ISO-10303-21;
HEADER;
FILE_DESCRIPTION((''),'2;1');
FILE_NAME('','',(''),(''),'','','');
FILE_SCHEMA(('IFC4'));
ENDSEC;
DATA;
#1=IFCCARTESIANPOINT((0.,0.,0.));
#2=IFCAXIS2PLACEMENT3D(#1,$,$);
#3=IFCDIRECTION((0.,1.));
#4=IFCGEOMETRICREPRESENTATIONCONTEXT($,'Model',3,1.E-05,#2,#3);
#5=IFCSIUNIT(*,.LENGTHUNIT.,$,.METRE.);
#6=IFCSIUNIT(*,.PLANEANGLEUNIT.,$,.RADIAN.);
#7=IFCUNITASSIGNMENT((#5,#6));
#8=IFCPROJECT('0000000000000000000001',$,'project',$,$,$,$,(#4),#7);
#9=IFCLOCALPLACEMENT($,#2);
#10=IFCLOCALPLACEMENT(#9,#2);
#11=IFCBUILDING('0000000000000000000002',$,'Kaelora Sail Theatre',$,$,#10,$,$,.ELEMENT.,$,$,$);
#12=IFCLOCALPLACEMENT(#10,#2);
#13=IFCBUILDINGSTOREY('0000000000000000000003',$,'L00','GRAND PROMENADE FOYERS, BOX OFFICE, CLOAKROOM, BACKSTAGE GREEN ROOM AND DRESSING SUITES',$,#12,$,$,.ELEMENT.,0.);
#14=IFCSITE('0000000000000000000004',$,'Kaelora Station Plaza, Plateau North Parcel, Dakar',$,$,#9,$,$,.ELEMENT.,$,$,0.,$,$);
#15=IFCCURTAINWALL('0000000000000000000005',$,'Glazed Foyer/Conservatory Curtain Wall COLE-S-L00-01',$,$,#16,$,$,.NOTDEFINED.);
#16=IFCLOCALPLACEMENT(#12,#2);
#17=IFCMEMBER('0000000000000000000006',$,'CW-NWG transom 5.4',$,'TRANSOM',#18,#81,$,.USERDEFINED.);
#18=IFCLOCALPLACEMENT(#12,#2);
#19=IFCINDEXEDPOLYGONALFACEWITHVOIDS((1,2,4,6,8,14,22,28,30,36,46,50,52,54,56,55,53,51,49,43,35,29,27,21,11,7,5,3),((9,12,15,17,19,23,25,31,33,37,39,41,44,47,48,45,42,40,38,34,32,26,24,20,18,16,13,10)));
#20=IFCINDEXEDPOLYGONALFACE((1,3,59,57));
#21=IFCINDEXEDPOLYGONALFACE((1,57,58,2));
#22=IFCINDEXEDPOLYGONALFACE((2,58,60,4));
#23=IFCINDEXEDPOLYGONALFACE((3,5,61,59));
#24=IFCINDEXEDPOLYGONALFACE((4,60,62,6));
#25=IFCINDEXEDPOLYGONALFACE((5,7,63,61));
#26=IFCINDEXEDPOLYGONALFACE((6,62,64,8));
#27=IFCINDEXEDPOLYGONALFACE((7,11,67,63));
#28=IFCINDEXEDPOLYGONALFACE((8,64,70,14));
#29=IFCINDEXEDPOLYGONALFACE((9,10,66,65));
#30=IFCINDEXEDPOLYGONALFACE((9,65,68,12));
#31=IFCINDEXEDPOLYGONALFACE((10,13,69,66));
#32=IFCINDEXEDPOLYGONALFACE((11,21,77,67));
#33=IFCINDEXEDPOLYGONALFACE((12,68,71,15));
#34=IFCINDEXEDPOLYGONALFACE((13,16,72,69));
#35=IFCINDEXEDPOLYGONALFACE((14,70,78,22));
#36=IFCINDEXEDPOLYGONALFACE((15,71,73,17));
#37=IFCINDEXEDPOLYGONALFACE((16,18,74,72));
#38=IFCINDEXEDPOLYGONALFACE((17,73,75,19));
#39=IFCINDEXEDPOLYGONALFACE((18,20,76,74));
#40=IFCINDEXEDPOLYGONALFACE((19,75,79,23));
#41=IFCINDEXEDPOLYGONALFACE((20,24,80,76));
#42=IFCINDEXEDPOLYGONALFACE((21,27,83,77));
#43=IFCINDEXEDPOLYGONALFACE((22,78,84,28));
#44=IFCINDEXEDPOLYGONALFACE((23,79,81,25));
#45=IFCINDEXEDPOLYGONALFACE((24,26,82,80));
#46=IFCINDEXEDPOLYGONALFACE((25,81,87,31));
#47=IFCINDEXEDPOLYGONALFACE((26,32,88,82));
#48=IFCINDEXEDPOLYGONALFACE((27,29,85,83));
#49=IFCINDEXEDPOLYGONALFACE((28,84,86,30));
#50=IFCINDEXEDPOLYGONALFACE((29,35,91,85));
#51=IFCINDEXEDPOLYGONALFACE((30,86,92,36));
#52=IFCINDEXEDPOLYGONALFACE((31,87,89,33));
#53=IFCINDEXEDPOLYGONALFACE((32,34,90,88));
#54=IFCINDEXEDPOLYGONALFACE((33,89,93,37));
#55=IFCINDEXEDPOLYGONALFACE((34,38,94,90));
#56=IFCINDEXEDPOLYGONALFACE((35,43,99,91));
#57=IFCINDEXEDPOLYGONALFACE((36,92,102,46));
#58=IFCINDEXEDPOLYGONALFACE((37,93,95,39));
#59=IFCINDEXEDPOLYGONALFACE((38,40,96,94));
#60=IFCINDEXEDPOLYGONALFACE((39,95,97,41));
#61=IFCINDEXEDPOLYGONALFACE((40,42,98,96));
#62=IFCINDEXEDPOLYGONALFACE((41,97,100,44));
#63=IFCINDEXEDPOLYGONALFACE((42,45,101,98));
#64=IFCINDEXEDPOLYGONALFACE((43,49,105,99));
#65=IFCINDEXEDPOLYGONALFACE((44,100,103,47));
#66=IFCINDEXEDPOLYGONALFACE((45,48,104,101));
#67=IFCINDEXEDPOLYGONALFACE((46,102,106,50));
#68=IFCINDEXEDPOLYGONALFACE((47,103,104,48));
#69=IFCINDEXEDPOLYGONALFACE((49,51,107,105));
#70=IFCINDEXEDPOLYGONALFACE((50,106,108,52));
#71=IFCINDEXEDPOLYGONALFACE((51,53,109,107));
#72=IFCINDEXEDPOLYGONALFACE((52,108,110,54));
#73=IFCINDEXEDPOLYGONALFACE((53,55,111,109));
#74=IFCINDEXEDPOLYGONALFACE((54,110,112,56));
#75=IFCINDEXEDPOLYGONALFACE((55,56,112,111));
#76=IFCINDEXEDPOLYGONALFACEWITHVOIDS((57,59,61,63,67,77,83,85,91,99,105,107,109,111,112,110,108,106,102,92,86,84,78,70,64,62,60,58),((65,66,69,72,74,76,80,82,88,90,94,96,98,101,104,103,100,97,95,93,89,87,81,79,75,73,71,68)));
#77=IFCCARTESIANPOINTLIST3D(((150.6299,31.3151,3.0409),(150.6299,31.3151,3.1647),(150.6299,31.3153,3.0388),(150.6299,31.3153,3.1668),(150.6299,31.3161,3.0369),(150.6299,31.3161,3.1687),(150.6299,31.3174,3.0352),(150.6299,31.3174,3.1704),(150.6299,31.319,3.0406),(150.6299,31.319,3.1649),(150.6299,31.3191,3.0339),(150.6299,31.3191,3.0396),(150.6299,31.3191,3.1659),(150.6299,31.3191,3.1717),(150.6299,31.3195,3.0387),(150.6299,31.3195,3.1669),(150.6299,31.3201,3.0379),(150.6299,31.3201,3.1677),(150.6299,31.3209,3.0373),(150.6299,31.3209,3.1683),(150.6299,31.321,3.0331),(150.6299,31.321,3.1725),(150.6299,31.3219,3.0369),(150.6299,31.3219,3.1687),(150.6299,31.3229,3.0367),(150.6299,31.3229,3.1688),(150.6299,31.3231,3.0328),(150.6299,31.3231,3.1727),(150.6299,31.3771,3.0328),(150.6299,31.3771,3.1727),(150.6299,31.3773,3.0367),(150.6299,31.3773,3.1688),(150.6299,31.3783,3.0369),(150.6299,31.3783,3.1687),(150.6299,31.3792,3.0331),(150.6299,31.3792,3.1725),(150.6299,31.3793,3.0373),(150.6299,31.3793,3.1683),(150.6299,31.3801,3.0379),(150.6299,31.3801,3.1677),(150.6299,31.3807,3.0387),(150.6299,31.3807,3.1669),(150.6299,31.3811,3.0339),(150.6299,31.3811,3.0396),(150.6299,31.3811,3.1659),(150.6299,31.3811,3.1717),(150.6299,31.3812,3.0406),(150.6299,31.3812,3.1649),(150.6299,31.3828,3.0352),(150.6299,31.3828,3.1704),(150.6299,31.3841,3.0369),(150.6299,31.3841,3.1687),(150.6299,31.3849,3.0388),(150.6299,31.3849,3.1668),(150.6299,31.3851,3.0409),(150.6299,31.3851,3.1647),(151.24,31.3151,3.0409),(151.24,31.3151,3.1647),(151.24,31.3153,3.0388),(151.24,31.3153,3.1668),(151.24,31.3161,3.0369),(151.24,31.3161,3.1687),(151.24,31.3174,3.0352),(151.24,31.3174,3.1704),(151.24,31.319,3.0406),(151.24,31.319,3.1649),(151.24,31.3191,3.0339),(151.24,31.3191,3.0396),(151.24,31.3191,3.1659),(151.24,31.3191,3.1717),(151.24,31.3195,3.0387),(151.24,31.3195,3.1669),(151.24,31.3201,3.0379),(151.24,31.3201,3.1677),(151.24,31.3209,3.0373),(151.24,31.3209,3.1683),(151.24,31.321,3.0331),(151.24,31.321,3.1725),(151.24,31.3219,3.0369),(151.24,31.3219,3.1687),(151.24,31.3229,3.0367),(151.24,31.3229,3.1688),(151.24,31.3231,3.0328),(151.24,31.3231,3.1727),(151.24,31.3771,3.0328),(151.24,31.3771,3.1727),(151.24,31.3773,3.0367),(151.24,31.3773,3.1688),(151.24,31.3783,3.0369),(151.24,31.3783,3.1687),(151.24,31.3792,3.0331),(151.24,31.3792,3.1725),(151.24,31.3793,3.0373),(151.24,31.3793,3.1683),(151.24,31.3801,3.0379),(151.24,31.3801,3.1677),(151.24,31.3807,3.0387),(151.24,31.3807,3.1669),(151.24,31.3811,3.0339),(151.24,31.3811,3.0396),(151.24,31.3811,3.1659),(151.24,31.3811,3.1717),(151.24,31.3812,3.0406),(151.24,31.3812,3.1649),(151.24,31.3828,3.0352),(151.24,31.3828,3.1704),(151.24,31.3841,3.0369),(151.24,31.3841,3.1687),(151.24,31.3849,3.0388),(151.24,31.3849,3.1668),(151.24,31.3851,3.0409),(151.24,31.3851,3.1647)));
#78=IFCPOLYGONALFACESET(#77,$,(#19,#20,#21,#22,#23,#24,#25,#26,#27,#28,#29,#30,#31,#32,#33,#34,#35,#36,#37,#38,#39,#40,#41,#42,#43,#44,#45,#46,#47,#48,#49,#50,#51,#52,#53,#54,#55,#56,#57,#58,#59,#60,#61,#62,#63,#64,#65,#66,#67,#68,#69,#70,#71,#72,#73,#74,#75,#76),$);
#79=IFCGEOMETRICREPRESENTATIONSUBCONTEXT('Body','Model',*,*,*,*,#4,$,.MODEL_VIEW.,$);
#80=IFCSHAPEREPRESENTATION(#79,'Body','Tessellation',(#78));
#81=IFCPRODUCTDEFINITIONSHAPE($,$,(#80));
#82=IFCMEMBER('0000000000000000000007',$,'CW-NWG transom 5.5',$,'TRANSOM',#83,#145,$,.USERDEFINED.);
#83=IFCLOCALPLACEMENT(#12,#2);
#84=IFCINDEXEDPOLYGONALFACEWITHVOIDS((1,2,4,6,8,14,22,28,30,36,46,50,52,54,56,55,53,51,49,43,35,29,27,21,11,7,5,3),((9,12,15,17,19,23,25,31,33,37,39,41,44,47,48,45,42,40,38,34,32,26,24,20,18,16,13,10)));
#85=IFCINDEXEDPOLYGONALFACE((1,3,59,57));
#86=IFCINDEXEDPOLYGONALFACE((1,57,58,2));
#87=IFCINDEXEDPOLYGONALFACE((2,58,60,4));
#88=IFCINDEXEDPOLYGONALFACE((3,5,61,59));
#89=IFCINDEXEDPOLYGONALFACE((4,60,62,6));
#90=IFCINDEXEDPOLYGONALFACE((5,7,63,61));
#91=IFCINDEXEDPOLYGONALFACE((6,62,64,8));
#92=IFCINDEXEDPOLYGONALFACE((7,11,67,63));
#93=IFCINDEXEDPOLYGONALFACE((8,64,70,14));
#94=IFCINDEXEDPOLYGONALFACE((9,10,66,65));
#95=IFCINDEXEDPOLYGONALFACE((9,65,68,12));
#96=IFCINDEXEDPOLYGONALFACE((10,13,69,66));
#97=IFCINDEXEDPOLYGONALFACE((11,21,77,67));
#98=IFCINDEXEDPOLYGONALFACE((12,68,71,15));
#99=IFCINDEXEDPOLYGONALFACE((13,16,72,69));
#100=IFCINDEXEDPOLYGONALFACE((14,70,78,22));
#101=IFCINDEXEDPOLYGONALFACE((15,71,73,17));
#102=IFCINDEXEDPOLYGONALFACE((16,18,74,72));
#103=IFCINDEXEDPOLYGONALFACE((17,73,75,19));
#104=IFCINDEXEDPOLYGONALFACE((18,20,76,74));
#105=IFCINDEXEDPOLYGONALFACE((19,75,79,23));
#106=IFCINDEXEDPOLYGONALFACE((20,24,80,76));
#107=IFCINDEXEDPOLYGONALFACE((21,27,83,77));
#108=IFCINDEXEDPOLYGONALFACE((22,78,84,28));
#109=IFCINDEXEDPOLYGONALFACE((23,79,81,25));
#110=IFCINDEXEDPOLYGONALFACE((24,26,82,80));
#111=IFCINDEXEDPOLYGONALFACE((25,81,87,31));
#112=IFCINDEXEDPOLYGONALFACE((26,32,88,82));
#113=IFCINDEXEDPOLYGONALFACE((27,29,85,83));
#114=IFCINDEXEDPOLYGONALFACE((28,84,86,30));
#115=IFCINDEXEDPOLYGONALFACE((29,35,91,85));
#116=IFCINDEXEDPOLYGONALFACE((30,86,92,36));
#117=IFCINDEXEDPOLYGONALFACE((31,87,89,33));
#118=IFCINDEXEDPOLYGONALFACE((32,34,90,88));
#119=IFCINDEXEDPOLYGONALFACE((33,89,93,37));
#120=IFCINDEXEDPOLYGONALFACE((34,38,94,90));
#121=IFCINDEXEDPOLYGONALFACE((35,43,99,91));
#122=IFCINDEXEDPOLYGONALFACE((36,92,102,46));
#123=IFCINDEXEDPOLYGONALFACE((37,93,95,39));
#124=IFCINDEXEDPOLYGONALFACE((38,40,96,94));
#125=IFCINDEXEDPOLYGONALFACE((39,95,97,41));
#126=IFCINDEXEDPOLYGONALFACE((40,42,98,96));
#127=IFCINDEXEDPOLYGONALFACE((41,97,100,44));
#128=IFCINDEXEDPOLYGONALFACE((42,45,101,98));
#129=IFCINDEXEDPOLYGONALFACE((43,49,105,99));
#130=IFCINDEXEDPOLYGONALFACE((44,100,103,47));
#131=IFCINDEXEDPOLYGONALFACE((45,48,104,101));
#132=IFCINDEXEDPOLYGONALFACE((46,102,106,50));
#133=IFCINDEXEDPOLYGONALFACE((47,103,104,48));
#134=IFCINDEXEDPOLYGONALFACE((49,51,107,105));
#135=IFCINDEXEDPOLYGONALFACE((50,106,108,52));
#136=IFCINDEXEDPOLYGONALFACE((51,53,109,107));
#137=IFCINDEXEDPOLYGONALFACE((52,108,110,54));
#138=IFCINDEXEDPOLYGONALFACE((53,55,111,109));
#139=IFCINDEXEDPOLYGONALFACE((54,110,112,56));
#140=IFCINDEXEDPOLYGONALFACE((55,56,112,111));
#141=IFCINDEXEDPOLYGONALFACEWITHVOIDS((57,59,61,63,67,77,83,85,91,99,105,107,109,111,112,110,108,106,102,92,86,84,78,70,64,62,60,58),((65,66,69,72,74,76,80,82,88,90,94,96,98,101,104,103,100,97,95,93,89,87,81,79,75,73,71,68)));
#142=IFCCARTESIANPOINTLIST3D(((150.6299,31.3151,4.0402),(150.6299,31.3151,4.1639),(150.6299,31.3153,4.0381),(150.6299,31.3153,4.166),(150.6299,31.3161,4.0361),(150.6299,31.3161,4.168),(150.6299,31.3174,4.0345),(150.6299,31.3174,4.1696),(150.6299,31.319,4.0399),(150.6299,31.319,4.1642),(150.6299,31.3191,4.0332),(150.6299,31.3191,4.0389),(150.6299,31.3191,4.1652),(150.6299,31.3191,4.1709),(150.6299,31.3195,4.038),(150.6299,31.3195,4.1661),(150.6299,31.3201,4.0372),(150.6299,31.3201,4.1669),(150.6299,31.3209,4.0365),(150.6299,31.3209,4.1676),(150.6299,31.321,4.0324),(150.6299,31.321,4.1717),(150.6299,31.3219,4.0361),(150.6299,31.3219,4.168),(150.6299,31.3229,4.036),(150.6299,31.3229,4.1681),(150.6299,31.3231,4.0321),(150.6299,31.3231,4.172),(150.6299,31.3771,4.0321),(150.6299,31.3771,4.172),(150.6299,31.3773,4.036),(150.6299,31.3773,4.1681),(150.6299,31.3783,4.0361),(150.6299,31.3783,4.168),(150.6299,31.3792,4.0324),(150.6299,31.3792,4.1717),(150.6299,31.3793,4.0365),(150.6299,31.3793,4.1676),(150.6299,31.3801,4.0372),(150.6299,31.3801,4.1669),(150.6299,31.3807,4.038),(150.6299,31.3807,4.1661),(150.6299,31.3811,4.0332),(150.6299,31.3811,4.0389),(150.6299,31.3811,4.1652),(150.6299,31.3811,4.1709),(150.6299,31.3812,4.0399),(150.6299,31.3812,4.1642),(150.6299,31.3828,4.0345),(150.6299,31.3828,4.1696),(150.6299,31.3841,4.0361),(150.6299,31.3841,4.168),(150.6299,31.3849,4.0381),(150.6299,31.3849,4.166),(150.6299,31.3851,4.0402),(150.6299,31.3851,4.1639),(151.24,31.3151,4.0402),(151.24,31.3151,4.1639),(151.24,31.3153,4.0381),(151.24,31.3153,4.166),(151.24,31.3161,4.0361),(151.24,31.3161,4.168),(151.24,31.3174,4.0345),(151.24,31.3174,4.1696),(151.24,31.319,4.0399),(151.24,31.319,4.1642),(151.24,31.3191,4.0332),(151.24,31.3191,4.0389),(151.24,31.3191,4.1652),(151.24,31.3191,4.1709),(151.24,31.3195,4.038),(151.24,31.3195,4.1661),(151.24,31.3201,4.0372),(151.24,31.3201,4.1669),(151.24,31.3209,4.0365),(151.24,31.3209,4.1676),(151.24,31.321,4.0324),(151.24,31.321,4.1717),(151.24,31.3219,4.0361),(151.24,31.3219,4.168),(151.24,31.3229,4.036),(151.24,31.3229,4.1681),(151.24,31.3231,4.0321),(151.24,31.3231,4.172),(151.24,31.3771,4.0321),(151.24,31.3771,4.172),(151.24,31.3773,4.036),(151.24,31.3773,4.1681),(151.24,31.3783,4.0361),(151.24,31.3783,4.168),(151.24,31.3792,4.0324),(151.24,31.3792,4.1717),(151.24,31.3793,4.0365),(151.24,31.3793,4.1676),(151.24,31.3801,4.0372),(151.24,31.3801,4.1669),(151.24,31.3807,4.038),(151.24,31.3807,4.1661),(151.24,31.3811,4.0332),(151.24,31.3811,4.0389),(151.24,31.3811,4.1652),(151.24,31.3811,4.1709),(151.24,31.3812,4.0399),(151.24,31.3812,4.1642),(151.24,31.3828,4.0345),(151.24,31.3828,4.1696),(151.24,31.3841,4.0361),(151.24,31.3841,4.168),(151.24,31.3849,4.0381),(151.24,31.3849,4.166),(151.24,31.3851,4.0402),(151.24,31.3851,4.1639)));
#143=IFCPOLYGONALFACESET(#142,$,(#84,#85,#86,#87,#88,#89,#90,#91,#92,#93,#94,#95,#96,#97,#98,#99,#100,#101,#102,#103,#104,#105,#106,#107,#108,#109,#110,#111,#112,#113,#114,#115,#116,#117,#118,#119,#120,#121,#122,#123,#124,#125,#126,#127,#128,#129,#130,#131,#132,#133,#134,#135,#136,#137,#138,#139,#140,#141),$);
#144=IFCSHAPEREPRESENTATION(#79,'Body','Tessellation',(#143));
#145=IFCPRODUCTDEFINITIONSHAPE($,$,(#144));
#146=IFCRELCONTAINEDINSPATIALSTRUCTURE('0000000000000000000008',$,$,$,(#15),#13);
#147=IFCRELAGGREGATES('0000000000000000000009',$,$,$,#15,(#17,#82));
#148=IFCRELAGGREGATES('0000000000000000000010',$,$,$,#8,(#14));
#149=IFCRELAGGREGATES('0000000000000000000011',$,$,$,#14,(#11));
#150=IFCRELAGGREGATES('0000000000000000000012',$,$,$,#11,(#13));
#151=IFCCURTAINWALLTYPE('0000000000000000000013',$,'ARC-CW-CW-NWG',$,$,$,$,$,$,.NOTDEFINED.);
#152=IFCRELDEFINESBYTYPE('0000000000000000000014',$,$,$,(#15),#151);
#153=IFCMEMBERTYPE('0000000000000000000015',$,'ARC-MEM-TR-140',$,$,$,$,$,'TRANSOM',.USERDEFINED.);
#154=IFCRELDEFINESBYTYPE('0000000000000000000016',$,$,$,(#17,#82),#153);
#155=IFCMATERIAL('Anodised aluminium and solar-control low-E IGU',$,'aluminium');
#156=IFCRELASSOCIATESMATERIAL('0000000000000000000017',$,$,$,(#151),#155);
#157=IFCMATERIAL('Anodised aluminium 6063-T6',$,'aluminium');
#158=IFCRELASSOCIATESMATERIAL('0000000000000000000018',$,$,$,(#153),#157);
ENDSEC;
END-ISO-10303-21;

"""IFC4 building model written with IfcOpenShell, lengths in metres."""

from ifc_helpers import new_model, si_unit, direction, frame, origin, origin_2d, place, context, subcontext, project, spatial, hollow_rectangle, extrude, material, material_profile, profile_set, type_object, element, aggregate, save


model = new_model("IFC4")

# Units and contexts
model_context = context("Model", 3, precision=1e-05, world=origin(), true_north=direction((0.0, 1.0)))
body_context = subcontext(model_context, "Body", "Model", "MODEL_VIEW")
ifc_project = project(units=[si_unit("LENGTHUNIT", "METRE"), si_unit("PLANEANGLEUNIT", "RADIAN")], contexts=[model_context])

# Site, building, storey
site_placement = place(None, origin())
site = spatial("IfcSite", under=ifc_project, at=site_placement, Name="Kaelora Station Plaza, Plateau North Parcel, Dakar", CompositionType="ELEMENT", RefElevation=0.0)
building_placement = place(site_placement, origin())
building = spatial("IfcBuilding", under=site, at=building_placement, Name="Kaelora Sail Theatre", CompositionType="ELEMENT")
storey_placement = place(building_placement, origin())
storey = spatial("IfcBuildingStorey", under=building, at=storey_placement, Name="L00", Description="GRAND PROMENADE FOYERS, BOX OFFICE, CLOAKROOM, BACKSTAGE GREEN ROOM AND DRESSING SUITES", CompositionType="ELEMENT", Elevation=0.0)

# Curtain wall
ifc_material_1 = material(Name="Anodised aluminium and solar-control low-E IGU", Category="aluminium")
curtain_wall_type = type_object("IfcCurtainWallType", Name="ARC-CW-CW-NWG", PredefinedType="NOTDEFINED", material=ifc_material_1)
curtain_wall_1_placement = place(storey_placement, origin())
curtain_wall_1 = element("IfcCurtainWall", 1, at=curtain_wall_1_placement, inside=storey, type_object=curtain_wall_type, Name="Glazed Foyer/Conservatory Curtain Wall COLE-S-L00-01", PredefinedType="NOTDEFINED")

# Members
ifc_material_2 = material(Name="Anodised aluminium 6063-T6", Category="aluminium")
ifc_material_profile_1 = material_profile(ifc_material_2, hollow_rectangle(XDim=0.0701, YDim=0.1399, WallThickness=0.0039, InnerFilletRadius=0.0039, OuterFilletRadius=0.0081, at=origin_2d()), Name="ALU-TRAN 70x140x4")
ifc_profile_set_1 = profile_set([ifc_material_profile_1], Name="Anodised aluminium 6063-T6")
member_type_1 = type_object("IfcMemberType", Name="ARC-MEM-TR-140", ElementType="TRANSOM", PredefinedType="USERDEFINED", material=ifc_profile_set_1)
member_1_placement = place(storey_placement, frame((150.6299, 31.3501, 3.1028), z_axis=(1.0, 0.0, 0.0), x_axis=(0.0, 1.0, 0.0)))
member_1 = element("IfcMember", 2, at=member_1_placement, type_object=member_type_1, Name="CW-NWG transom 5.4", ObjectType="TRANSOM", PredefinedType="USERDEFINED", context=body_context, shape_type="SweptSolid", body=[
    extrude(hollow_rectangle(XDim=0.0701, YDim=0.1399, WallThickness=0.0039, InnerFilletRadius=0.0039, OuterFilletRadius=0.0081, at=origin_2d()), origin(), (0.0, 0.0, 1.0), 0.6101),
])
member_2_placement = place(storey_placement, frame((150.6299, 31.3501, 4.1021), z_axis=(1.0, 0.0, 0.0), x_axis=(0.0, 1.0, 0.0)))
member_2 = element("IfcMember", 3, at=member_2_placement, type_object=member_type_1, Name="CW-NWG transom 5.5", ObjectType="TRANSOM", PredefinedType="USERDEFINED", context=body_context, shape_type="SweptSolid", body=[
    extrude(hollow_rectangle(XDim=0.0701, YDim=0.1399, WallThickness=0.0039, InnerFilletRadius=0.0039, OuterFilletRadius=0.0081, at=origin_2d()), origin(), (0.0, 0.0, 1.0), 0.6101),
])

aggregate(curtain_wall_1, [member_1, member_2])

save(model, "model.ifc")
